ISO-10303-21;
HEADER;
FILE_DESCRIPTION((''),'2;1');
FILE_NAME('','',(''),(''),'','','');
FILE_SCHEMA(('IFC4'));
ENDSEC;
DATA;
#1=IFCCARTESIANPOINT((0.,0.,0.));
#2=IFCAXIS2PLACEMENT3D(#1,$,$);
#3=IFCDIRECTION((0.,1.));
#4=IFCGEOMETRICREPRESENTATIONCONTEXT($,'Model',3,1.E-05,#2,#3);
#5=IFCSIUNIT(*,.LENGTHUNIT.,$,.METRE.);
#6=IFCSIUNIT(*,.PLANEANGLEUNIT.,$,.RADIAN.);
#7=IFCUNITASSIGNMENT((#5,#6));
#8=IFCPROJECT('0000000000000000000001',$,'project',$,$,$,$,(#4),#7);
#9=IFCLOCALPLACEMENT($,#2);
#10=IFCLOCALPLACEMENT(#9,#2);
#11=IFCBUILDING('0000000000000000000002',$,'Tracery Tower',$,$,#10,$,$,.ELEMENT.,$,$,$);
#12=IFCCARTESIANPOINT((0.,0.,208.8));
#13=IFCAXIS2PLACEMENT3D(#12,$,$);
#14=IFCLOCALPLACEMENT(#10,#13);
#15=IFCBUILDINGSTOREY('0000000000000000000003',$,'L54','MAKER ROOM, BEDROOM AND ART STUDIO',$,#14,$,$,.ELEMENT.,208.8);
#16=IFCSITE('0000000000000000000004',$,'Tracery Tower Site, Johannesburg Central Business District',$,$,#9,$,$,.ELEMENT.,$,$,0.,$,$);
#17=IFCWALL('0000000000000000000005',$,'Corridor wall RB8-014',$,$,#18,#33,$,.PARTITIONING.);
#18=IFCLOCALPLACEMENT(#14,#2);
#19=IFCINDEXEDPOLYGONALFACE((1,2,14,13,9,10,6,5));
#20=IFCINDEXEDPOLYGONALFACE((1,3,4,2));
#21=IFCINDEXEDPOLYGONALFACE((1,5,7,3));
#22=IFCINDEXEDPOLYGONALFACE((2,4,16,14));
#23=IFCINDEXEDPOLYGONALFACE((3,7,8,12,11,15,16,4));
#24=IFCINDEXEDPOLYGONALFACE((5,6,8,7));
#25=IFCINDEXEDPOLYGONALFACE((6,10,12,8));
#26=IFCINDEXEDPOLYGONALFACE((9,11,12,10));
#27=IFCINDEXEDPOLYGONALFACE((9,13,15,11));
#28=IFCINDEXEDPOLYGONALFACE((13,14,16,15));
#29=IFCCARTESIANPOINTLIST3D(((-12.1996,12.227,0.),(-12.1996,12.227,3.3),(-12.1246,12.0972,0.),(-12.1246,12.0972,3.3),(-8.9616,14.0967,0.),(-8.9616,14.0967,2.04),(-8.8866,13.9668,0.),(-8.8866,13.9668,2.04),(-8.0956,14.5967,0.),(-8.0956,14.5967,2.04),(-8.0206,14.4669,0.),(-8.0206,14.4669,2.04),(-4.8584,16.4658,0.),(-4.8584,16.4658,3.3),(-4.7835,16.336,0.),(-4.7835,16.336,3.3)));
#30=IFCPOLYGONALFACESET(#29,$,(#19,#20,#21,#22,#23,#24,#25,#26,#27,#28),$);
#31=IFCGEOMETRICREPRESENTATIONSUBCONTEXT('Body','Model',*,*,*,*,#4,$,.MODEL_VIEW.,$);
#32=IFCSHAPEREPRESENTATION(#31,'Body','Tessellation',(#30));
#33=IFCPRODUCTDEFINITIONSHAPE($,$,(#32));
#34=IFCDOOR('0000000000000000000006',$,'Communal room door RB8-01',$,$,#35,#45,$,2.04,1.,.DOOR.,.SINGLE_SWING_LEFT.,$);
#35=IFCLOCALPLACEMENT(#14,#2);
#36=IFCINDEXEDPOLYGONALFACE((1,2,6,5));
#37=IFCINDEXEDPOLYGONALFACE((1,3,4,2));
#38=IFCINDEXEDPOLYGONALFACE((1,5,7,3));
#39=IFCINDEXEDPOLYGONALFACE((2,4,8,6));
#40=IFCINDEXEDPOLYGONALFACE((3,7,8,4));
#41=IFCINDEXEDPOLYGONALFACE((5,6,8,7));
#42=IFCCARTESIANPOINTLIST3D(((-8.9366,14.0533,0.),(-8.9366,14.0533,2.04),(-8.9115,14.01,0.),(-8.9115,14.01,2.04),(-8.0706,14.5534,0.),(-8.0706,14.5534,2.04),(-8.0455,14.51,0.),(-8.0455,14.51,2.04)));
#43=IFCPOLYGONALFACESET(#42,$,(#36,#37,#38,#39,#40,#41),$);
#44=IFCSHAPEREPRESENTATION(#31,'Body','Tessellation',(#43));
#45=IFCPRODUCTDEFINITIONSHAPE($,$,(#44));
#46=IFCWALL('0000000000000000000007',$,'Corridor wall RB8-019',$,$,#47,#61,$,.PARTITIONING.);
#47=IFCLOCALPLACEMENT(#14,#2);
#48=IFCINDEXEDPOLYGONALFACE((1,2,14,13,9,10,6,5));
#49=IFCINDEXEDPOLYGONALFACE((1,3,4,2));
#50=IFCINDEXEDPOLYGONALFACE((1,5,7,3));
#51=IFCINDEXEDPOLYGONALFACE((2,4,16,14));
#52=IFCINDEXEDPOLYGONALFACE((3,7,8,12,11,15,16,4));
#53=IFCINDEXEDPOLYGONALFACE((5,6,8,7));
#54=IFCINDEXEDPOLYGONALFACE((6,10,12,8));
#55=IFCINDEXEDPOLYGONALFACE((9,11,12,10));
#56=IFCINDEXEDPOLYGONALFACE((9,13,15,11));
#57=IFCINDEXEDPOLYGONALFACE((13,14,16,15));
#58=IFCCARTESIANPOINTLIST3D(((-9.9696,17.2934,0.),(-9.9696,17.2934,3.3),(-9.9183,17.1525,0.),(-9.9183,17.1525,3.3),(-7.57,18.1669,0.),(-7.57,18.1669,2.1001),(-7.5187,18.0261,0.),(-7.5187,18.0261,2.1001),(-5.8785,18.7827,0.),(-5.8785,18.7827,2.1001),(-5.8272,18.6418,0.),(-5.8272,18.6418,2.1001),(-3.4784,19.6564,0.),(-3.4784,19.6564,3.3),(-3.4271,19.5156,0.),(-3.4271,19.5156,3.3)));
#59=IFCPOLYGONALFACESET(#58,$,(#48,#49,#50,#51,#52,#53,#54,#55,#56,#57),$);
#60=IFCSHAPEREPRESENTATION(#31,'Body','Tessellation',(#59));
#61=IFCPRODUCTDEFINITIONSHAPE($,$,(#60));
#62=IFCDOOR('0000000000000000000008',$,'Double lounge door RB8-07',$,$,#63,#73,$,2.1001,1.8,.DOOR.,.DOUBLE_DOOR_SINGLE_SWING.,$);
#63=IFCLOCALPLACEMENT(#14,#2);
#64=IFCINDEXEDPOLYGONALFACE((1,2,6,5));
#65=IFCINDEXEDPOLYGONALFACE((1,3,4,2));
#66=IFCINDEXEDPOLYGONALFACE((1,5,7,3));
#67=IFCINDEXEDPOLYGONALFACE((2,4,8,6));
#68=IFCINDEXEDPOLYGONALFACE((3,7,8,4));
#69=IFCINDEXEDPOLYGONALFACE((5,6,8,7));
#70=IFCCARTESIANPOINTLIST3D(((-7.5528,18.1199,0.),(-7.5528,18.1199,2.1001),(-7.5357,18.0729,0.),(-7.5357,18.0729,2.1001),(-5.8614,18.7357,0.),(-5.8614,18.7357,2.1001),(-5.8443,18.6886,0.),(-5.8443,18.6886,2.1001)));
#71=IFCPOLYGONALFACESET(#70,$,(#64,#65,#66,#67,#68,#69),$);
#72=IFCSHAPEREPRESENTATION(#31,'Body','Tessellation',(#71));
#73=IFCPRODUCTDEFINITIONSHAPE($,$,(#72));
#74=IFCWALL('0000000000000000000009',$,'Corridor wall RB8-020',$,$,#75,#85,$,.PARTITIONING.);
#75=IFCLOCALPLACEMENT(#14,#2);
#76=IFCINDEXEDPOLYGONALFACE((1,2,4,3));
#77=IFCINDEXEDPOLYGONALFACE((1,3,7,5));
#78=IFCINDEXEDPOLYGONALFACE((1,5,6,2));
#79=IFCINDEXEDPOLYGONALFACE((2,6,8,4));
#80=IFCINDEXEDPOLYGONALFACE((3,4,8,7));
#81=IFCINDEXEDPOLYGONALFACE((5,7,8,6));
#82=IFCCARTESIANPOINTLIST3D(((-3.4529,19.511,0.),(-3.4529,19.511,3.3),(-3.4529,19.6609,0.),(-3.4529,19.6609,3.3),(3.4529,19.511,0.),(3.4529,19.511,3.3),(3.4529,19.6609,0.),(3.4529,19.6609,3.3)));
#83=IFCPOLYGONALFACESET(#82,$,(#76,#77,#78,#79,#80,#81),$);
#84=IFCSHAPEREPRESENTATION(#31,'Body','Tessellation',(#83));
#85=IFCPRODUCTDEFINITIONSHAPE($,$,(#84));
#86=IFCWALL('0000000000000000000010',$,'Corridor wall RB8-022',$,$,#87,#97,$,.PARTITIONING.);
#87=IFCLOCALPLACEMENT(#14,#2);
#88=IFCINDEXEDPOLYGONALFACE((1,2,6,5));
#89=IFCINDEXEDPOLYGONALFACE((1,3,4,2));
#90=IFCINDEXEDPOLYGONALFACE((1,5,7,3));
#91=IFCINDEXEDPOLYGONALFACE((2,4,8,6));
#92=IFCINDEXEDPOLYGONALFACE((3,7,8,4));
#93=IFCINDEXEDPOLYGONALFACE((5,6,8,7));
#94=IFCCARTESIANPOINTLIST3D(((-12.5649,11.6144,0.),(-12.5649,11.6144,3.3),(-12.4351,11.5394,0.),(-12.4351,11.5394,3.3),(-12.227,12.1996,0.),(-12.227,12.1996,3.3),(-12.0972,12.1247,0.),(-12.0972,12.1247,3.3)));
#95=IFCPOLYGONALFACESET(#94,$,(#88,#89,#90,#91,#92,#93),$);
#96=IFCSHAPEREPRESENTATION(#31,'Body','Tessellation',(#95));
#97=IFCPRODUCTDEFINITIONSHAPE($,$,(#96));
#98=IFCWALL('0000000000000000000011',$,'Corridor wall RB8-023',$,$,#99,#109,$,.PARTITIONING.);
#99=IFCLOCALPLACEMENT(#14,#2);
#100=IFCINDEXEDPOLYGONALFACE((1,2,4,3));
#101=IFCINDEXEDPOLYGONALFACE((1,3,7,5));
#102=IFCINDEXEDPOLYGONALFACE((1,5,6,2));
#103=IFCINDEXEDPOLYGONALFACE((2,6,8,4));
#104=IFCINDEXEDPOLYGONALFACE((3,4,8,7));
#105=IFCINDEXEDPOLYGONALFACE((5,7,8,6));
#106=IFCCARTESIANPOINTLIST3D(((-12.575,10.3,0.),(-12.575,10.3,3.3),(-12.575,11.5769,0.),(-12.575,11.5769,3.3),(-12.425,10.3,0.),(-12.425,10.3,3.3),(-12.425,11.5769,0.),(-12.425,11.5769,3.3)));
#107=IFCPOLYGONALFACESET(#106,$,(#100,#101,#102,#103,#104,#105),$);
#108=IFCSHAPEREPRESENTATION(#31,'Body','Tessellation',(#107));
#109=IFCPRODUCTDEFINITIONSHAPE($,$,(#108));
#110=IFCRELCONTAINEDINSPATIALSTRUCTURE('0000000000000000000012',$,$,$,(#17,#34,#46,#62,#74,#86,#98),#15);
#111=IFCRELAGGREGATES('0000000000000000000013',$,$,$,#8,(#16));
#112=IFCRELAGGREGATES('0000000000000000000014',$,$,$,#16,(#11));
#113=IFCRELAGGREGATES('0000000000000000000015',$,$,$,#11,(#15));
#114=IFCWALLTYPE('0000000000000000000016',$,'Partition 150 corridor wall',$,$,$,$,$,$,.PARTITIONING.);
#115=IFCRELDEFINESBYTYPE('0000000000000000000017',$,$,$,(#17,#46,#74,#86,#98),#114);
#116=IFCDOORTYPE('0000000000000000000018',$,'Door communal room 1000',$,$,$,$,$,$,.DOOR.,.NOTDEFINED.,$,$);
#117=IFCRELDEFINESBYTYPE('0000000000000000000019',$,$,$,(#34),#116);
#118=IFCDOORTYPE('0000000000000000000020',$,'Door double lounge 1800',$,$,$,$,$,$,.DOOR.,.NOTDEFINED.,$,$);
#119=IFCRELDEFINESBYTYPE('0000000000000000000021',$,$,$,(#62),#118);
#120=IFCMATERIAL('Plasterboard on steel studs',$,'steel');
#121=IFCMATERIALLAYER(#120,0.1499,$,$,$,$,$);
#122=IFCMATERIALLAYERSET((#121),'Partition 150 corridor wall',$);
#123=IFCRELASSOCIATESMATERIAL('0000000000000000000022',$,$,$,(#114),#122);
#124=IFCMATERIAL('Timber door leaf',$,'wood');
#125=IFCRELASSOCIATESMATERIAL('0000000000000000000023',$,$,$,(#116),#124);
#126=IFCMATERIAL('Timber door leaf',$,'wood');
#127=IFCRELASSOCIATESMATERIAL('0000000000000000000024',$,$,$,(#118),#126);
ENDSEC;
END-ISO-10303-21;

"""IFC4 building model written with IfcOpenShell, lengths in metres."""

from ifc_helpers import new_model, si_unit, direction, frame, frame_2d, origin, place, context, subcontext, project, spatial, rectangle, extrude, material, layer, layer_set, type_object, element, fill, save


model = new_model("IFC4")

# Units and contexts
model_context = context("Model", 3, precision=1e-05, world=origin(), true_north=direction((0.0, 1.0)))
body_context = subcontext(model_context, "Body", "Model", "MODEL_VIEW")
ifc_project = project(units=[si_unit("LENGTHUNIT", "METRE"), si_unit("PLANEANGLEUNIT", "RADIAN")], contexts=[model_context])

# Site, building, storey
site_placement = place(None, origin())
site = spatial("IfcSite", under=ifc_project, at=site_placement, Name="Tracery Tower Site, Johannesburg Central Business District", CompositionType="ELEMENT", RefElevation=0.0)
building_placement = place(site_placement, origin())
building = spatial("IfcBuilding", under=site, at=building_placement, Name="Tracery Tower", CompositionType="ELEMENT")
storey_placement = place(building_placement, frame((0.0, 0.0, 208.8)))
storey = spatial("IfcBuildingStorey", under=building, at=storey_placement, Name="L54", Description="MAKER ROOM, BEDROOM AND ART STUDIO", CompositionType="ELEMENT", Elevation=208.8)

# Shared definitions
ifc_material_1 = material(Name="Plasterboard on steel studs", Category="steel")
ifc_layer_1 = layer(ifc_material_1, 0.1499)
ifc_layer_set_1 = layer_set([ifc_layer_1], Name="Partition 150 corridor wall")
wall_type_1 = type_object("IfcWallType", Name="Partition 150 corridor wall", PredefinedType="PARTITIONING", material=ifc_layer_set_1)

# Walls, openings, doors
wall_1_placement = place(storey_placement, frame((-12.1621, 12.1621, 0.0), z_axis=(0.0, 0.0, 1.0), x_axis=(0.866005, 0.500036, 0.0)))
wall_1 = element("IfcWall", 1, at=wall_1_placement, inside=storey, type_object=wall_type_1, Name="Corridor wall RB8-014", PredefinedType="PARTITIONING", context=body_context, shape_type="SweptSolid", body=[
    extrude(rectangle(XDim=8.4771, YDim=0.1499, at=frame_2d((4.2385, 0.0))), origin(), (0.0, 0.0, 1.0), 3.3),
])
opening_1_placement = place(wall_1_placement, frame((3.739, 0.0, 0.0)))
opening_1 = element("IfcOpeningElement", 2, at=opening_1_placement, cuts=wall_1, PredefinedType="OPENING", context=body_context, shape_type="SweptSolid", body=[
    extrude(rectangle(XDim=1.0, YDim=2.04, at=frame_2d((0.5, 1.02))), frame((0.0, 0.075, 0.0), z_axis=(0.0, -1.0, 0.0), x_axis=(1.0, 0.0, 0.0)), (0.0, 0.0, 1.0), 0.1499),
])
ifc_material_2 = material(Name="Timber door leaf", Category="wood")
door_type_1 = type_object("IfcDoorType", Name="Door communal room 1000", OperationType="NOTDEFINED", PredefinedType="DOOR", material=ifc_material_2)
door_1_placement = place(opening_1_placement, origin())
door_1 = element("IfcDoor", 3, at=door_1_placement, inside=storey, type_object=door_type_1, Name="Communal room door RB8-01", OperationType="SINGLE_SWING_LEFT", OverallHeight=2.04, OverallWidth=1.0, PredefinedType="DOOR", context=body_context, shape_type="SweptSolid", body=[
    extrude(rectangle(XDim=1.0, YDim=2.04, at=frame_2d((0.5, 1.02))), frame((0.0, 0.0249, 0.0), z_axis=(0.0, -1.0, 0.0), x_axis=(1.0, 0.0, 0.0)), (0.0, 0.0, 1.0), 0.05),
])
fill(opening_1, door_1)
wall_2_placement = place(storey_placement, frame((-9.9441, 17.2229, 0.0), z_axis=(0.0, 0.0, 1.0), x_axis=(0.939673, 0.342075, 0.0)))
wall_2 = element("IfcWall", 4, at=wall_2_placement, inside=storey, type_object=wall_type_1, Name="Corridor wall RB8-019", PredefinedType="PARTITIONING", context=body_context, shape_type="SweptSolid", body=[
    extrude(rectangle(XDim=6.908, YDim=0.1499, at=frame_2d((3.4541, 0.0))), origin(), (0.0, 0.0, 1.0), 3.3),
])
opening_2_placement = place(wall_2_placement, frame((2.554, 0.0, 0.0)))
opening_2 = element("IfcOpeningElement", 5, at=opening_2_placement, cuts=wall_2, PredefinedType="OPENING", context=body_context, shape_type="SweptSolid", body=[
    extrude(rectangle(XDim=1.8, YDim=2.1001, at=frame_2d((0.8999, 1.05))), frame((0.0, 0.075, 0.0), z_axis=(0.0, -1.0, 0.0), x_axis=(1.0, 0.0, 0.0)), (0.0, 0.0, 1.0), 0.1499),
])
ifc_material_3 = material(Name="Timber door leaf", Category="wood")
door_type_2 = type_object("IfcDoorType", Name="Door double lounge 1800", OperationType="NOTDEFINED", PredefinedType="DOOR", material=ifc_material_3)
door_2_placement = place(opening_2_placement, origin())
door_2 = element("IfcDoor", 6, at=door_2_placement, inside=storey, type_object=door_type_2, Name="Double lounge door RB8-07", OperationType="DOUBLE_DOOR_SINGLE_SWING", OverallHeight=2.1001, OverallWidth=1.8, PredefinedType="DOOR", context=body_context, shape_type="SweptSolid", body=[
    extrude(rectangle(XDim=1.8, YDim=2.1001, at=frame_2d((0.8999, 1.05))), frame((0.0, 0.0249, 0.0), z_axis=(0.0, -1.0, 0.0), x_axis=(1.0, 0.0, 0.0)), (0.0, 0.0, 1.0), 0.05),
])
fill(opening_2, door_2)

# Walls
wall_3_placement = place(storey_placement, frame((-3.4529, 19.5859, 0.0), z_axis=(0.0, 0.0, 1.0), x_axis=(1.0, 0.0, 0.0)))
element("IfcWall", 7, at=wall_3_placement, inside=storey, type_object=wall_type_1, Name="Corridor wall RB8-020", PredefinedType="PARTITIONING", context=body_context, shape_type="SweptSolid", body=[
    extrude(rectangle(XDim=6.9058, YDim=0.1499, at=frame_2d((3.4529, 0.0))), origin(), (0.0, 0.0, 1.0), 3.3),
])
wall_4_placement = place(storey_placement, frame((-12.5, 11.5769, 0.0), z_axis=(0.0, 0.0, 1.0), x_axis=(0.500025, 0.866011, 0.0)))
element("IfcWall", 8, at=wall_4_placement, inside=storey, type_object=wall_type_1, Name="Corridor wall RB8-022", PredefinedType="PARTITIONING", context=body_context, shape_type="SweptSolid", body=[
    extrude(rectangle(XDim=0.6758, YDim=0.1499, at=frame_2d((0.3379, 0.0))), origin(), (0.0, 0.0, 1.0), 3.3),
])
wall_5_placement = place(storey_placement, frame((-12.5, 10.3, 0.0), z_axis=(0.0, 0.0, 1.0), x_axis=(0.0, 1.0, 0.0)))
element("IfcWall", 9, at=wall_5_placement, inside=storey, type_object=wall_type_1, Name="Corridor wall RB8-023", PredefinedType="PARTITIONING", context=body_context, shape_type="SweptSolid", body=[
    extrude(rectangle(XDim=1.2769, YDim=0.1499, at=frame_2d((0.6384, 0.0))), origin(), (0.0, 0.0, 1.0), 3.3),
])

save(model, "model.ifc")
